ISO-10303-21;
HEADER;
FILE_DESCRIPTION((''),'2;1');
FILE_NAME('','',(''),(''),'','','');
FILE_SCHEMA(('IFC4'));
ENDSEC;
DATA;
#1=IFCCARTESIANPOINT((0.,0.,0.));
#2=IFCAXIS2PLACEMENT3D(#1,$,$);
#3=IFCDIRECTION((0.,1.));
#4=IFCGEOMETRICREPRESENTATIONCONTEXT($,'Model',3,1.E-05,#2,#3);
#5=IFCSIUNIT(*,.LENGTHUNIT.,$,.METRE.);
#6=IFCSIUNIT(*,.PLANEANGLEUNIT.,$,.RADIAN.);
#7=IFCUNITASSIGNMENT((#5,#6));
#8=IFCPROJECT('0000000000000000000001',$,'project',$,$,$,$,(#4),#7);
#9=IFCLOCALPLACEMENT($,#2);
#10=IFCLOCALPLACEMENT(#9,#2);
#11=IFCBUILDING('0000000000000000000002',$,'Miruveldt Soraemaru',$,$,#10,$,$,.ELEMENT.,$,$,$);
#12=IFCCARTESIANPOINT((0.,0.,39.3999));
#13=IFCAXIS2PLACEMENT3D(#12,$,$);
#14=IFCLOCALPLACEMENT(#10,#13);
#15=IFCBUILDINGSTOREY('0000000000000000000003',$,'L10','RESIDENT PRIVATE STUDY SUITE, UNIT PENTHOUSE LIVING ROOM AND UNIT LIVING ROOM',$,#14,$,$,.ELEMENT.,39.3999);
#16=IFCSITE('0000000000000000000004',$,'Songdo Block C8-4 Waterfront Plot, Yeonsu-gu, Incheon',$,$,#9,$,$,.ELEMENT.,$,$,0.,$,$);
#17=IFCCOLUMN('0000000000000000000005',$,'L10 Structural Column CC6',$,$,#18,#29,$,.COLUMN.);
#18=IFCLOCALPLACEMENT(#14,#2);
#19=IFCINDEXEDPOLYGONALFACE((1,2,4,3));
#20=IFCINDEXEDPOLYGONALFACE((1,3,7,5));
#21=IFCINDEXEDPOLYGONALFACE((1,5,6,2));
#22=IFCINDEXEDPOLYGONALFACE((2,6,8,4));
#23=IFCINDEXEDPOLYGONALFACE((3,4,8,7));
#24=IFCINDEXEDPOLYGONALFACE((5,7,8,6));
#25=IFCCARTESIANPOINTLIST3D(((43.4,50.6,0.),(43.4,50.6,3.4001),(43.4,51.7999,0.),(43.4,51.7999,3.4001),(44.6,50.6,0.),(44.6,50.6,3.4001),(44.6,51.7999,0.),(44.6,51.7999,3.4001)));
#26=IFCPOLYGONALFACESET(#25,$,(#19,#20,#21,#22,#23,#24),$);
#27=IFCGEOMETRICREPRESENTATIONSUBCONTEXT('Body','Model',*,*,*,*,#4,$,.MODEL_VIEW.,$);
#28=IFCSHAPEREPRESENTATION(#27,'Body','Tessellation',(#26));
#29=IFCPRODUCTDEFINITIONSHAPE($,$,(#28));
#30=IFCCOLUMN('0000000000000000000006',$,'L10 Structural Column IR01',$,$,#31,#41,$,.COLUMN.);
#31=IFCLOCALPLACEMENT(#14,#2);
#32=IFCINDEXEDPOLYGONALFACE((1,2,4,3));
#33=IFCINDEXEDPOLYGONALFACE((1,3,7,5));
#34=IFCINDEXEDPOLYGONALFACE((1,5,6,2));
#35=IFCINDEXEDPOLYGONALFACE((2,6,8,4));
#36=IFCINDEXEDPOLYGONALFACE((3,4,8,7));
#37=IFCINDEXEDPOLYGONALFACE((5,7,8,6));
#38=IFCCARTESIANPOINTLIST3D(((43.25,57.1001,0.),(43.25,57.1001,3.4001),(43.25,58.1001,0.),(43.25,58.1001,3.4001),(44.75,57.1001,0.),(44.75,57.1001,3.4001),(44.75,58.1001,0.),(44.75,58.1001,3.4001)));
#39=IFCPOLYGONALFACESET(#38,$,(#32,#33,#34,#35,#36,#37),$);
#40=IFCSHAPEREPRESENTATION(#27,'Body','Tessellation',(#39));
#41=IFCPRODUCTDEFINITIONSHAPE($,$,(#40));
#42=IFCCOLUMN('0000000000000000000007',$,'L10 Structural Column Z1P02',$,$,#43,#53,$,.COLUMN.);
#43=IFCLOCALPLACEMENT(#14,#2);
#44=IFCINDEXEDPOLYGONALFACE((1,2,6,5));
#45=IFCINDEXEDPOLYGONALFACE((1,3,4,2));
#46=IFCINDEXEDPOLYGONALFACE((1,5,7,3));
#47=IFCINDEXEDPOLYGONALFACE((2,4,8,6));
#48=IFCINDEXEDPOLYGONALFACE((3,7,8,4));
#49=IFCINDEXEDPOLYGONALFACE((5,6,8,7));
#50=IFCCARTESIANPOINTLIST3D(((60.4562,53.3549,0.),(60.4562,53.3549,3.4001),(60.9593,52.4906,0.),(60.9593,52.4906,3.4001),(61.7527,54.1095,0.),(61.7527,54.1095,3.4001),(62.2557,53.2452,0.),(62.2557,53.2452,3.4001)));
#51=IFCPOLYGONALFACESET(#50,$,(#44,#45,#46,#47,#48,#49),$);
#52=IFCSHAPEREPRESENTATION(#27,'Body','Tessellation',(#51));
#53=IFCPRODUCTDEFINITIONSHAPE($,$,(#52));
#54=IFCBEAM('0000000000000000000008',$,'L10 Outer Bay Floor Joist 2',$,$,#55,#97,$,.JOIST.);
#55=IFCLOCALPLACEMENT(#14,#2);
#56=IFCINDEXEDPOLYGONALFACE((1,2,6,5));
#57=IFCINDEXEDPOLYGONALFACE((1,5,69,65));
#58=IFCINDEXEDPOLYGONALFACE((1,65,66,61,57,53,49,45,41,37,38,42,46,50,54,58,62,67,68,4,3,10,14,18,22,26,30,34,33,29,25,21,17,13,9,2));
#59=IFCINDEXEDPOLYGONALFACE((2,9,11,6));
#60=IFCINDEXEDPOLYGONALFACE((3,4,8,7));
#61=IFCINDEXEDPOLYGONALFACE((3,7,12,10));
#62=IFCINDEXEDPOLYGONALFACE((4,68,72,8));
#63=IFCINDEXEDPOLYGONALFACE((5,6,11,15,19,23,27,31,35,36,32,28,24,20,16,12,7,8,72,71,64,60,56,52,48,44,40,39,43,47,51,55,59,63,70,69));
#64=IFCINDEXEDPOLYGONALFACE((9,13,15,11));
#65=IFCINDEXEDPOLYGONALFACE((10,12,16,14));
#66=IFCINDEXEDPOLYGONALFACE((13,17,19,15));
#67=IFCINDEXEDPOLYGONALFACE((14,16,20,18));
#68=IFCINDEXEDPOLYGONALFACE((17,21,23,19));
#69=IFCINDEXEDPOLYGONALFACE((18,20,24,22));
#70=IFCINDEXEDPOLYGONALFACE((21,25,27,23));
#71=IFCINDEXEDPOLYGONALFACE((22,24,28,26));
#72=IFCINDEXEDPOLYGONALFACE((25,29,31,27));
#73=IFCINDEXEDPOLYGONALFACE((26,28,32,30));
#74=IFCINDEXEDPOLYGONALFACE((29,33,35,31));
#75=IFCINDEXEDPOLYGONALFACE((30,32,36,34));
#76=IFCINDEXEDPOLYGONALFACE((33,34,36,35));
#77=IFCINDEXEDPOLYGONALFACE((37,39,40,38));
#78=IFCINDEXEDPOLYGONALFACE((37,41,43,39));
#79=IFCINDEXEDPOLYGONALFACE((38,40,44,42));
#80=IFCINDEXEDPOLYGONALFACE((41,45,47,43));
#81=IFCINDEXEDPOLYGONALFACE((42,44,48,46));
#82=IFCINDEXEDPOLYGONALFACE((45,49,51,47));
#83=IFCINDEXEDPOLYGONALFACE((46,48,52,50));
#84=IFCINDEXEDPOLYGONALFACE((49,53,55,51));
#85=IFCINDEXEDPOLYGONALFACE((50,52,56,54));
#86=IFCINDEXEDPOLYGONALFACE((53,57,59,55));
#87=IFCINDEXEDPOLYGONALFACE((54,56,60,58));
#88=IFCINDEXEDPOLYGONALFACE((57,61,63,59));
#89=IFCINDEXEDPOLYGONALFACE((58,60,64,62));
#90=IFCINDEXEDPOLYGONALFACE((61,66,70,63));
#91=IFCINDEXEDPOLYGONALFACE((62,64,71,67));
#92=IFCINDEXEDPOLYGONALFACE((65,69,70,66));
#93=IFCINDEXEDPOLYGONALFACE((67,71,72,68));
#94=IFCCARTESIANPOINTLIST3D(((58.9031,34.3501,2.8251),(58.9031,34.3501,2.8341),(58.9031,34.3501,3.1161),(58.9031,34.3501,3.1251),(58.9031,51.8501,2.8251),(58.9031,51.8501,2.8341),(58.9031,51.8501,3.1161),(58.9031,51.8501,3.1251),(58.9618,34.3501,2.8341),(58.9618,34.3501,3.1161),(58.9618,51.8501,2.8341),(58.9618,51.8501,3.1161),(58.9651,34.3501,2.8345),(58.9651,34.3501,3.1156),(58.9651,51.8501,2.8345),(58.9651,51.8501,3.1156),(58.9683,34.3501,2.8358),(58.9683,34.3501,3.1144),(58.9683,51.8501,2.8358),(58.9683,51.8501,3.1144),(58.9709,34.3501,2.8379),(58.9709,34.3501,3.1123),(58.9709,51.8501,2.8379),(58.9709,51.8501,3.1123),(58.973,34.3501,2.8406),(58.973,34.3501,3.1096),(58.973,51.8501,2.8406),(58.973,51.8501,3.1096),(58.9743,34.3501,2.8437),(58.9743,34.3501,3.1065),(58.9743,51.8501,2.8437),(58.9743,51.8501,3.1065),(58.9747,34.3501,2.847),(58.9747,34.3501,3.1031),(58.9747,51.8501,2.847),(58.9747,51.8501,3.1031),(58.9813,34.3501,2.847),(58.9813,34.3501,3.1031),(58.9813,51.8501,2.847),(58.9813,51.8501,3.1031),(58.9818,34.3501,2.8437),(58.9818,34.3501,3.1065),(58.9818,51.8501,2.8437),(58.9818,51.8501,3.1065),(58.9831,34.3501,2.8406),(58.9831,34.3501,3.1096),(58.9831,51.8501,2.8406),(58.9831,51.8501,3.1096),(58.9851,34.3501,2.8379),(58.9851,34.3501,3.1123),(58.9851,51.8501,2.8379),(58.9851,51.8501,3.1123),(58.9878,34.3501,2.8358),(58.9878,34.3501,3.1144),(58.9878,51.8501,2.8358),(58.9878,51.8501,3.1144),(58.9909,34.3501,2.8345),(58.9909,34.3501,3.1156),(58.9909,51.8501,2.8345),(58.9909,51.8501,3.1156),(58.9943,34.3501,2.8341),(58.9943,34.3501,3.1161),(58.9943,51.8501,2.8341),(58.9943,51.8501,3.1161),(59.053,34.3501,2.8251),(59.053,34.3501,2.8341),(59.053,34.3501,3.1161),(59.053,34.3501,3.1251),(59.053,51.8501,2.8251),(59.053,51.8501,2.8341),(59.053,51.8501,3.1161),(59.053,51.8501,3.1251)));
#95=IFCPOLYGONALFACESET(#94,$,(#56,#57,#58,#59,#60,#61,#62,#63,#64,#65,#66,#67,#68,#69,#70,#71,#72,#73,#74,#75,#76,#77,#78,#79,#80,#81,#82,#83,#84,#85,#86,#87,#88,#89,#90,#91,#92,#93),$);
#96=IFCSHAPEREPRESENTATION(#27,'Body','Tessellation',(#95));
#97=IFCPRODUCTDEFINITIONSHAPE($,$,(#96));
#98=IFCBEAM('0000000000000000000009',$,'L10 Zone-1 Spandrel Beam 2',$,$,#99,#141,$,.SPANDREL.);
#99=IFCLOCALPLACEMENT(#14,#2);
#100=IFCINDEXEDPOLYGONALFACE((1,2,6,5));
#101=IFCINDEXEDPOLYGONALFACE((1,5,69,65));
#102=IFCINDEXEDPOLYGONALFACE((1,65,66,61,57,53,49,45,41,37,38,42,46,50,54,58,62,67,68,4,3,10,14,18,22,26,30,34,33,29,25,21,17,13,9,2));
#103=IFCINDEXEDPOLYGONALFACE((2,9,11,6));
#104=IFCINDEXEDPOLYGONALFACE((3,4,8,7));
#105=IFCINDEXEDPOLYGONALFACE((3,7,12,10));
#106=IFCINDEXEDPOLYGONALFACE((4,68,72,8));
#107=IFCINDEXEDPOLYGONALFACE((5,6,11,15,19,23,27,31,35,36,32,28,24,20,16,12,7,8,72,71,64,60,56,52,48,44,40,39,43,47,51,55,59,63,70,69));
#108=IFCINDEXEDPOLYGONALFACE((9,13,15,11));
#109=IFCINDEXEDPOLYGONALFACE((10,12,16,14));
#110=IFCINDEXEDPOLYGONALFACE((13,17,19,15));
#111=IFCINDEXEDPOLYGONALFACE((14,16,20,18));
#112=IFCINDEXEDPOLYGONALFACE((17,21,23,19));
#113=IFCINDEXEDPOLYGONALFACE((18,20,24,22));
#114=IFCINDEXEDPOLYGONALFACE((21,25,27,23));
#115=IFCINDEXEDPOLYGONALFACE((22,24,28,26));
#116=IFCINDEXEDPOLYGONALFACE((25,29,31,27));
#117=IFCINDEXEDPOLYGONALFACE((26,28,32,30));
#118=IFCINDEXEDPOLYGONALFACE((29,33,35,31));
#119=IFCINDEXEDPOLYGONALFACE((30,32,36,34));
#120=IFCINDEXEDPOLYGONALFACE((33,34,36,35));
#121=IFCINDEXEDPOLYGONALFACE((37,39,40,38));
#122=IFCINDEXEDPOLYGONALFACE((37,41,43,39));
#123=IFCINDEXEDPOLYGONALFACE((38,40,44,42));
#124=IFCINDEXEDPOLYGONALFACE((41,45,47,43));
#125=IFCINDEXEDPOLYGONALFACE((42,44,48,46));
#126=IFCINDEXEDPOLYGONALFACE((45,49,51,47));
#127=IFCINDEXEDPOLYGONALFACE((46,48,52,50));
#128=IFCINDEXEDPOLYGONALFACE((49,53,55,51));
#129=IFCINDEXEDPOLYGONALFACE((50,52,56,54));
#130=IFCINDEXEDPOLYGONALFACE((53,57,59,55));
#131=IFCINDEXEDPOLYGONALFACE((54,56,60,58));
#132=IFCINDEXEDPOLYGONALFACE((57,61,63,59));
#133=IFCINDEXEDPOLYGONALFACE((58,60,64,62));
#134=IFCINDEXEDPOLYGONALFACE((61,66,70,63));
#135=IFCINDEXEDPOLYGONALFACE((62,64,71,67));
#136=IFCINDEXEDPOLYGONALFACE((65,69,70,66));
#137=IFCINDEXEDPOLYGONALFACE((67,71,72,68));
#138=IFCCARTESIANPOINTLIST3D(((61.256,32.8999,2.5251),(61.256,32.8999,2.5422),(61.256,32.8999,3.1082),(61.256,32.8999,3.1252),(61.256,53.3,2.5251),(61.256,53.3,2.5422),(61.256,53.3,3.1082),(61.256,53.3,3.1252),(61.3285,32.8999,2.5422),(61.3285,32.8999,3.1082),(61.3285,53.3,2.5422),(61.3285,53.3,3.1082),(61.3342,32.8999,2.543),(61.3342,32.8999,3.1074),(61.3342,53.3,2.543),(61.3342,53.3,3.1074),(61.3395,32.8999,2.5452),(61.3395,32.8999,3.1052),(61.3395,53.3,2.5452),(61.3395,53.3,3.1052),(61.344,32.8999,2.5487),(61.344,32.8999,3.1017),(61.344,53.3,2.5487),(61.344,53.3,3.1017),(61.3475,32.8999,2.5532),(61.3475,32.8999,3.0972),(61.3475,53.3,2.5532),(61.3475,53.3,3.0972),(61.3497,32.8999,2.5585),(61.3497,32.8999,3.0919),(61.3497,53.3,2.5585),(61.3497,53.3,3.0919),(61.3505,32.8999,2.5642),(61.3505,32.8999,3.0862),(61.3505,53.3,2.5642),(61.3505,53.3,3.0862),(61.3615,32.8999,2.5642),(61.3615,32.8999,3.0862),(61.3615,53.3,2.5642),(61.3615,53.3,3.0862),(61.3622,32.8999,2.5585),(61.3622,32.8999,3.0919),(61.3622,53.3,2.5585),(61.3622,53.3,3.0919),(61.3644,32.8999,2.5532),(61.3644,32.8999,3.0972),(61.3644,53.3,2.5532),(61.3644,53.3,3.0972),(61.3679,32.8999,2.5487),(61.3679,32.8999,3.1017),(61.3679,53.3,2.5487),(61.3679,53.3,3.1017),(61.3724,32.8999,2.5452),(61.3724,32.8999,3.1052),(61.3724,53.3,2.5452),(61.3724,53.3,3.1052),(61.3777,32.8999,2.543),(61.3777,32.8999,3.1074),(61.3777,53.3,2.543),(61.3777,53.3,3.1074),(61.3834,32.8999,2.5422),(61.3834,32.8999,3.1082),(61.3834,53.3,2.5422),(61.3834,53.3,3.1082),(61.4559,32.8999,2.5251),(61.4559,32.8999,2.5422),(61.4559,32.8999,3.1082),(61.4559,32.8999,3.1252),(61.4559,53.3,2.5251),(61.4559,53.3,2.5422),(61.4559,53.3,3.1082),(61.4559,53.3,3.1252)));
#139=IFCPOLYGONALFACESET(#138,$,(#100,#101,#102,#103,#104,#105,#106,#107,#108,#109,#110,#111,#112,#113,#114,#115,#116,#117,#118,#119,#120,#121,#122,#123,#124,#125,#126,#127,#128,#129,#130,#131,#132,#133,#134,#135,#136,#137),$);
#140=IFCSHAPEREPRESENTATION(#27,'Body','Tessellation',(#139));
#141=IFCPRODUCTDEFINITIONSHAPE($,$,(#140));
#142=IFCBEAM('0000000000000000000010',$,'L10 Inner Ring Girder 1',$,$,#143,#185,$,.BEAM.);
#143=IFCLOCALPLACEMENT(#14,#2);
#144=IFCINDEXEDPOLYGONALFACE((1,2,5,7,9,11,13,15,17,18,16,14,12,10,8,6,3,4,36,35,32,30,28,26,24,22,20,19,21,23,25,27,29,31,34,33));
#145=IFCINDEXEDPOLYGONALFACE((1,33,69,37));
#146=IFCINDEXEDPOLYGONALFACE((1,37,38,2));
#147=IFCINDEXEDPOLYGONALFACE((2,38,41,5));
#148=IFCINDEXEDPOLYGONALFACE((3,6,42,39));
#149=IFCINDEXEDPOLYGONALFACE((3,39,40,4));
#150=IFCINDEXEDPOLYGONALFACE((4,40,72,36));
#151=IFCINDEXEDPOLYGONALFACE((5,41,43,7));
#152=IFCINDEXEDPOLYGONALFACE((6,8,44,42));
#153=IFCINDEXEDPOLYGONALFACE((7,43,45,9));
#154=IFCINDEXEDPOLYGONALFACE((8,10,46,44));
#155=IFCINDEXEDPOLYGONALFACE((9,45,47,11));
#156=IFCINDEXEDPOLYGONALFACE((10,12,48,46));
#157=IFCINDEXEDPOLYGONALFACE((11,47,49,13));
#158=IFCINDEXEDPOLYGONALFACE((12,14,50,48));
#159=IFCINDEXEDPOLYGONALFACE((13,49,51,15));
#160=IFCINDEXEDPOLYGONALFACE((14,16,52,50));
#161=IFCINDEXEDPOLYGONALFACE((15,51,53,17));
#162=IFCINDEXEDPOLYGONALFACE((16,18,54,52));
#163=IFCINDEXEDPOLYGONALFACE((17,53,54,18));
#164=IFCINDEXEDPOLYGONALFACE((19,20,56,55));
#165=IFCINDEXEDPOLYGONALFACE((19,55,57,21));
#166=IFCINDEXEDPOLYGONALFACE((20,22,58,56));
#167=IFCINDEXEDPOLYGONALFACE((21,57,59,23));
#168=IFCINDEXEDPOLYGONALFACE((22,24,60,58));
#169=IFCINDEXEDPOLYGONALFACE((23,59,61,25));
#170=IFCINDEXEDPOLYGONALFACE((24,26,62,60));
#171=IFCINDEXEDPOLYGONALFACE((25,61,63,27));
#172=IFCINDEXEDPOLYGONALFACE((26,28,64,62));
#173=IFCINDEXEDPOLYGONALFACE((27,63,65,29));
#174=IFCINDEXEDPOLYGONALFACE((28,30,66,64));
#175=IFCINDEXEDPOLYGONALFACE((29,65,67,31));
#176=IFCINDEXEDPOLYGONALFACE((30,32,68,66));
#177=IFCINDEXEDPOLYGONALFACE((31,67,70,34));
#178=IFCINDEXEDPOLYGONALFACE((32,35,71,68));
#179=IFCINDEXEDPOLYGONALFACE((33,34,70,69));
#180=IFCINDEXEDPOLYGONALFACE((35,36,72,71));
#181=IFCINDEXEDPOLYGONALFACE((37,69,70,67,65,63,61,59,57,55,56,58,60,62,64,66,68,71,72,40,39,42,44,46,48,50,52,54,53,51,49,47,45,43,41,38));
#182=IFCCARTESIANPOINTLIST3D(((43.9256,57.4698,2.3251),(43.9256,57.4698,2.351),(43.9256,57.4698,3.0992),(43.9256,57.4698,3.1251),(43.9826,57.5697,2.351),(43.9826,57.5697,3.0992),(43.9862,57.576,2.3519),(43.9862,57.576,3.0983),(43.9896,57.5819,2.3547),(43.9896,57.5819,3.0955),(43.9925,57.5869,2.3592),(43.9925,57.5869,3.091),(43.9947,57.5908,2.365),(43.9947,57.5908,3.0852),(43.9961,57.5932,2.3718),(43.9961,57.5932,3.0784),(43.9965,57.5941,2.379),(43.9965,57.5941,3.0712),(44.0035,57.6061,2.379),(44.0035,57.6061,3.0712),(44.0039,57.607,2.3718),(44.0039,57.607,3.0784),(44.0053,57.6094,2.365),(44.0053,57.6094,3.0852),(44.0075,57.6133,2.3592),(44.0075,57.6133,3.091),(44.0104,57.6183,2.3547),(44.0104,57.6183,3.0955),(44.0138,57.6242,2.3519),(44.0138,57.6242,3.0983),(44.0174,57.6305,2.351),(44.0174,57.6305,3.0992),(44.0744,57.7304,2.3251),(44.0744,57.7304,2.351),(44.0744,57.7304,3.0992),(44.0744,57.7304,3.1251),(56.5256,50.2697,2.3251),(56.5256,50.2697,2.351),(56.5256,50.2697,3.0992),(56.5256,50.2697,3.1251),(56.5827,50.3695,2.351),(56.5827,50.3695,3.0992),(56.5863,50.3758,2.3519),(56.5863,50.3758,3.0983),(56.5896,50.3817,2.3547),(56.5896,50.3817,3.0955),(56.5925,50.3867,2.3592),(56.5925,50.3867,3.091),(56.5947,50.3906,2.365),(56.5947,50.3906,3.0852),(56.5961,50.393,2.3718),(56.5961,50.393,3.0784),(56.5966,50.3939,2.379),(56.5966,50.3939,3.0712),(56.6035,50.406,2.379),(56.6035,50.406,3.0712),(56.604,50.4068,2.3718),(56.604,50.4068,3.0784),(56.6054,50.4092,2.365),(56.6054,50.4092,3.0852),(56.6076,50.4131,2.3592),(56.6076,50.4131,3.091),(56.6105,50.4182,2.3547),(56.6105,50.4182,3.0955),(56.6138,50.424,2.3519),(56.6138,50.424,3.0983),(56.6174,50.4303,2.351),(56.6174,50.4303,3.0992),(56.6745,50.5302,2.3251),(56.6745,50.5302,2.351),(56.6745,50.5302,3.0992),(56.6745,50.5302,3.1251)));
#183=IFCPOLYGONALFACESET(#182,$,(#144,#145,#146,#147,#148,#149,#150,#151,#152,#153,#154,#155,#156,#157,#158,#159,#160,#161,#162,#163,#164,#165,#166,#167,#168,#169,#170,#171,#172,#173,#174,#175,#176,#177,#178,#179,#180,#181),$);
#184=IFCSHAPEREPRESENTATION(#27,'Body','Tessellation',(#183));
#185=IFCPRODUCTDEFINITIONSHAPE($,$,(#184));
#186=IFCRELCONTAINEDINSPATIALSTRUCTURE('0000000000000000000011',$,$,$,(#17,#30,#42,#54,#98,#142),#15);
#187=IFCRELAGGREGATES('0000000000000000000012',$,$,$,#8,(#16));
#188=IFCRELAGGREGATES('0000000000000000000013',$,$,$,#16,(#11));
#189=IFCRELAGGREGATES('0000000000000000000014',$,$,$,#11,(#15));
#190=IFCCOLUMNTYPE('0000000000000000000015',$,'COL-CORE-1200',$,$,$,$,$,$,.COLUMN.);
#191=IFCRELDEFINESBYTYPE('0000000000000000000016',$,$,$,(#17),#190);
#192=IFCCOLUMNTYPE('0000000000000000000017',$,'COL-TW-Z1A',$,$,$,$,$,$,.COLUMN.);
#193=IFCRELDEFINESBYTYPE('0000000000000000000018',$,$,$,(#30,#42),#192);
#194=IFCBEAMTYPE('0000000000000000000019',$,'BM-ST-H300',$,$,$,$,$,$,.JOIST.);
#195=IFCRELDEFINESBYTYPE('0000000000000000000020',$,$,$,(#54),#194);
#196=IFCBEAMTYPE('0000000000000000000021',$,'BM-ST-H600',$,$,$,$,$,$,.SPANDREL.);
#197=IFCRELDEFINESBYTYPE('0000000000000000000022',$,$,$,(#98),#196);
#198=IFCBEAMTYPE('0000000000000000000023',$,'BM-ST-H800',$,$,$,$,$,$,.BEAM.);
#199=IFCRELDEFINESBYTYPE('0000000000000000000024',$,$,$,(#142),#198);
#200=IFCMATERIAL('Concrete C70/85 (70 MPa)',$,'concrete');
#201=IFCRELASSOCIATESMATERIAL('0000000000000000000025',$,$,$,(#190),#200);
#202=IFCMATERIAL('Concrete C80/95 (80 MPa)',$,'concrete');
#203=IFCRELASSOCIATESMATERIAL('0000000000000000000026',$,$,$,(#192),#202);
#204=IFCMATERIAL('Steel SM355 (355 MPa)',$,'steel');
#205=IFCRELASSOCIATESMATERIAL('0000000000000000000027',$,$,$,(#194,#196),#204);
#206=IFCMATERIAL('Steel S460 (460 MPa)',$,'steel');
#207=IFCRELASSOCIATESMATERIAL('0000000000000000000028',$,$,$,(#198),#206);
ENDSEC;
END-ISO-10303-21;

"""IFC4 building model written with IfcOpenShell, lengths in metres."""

from ifc_helpers import new_model, si_unit, direction, frame, origin, origin_2d, place, context, subcontext, project, spatial, rectangle, i_section, extrude, material, material_profile, profile_set, type_object, element, save


model = new_model("IFC4")

# Units and contexts
model_context = context("Model", 3, precision=1e-05, world=origin(), true_north=direction((0.0, 1.0)))
body_context = subcontext(model_context, "Body", "Model", "MODEL_VIEW")
ifc_project = project(units=[si_unit("LENGTHUNIT", "METRE"), si_unit("PLANEANGLEUNIT", "RADIAN")], contexts=[model_context])

# Site, building, storey
site_placement = place(None, origin())
site = spatial("IfcSite", under=ifc_project, at=site_placement, Name="Songdo Block C8-4 Waterfront Plot, Yeonsu-gu, Incheon", CompositionType="ELEMENT", RefElevation=0.0)
building_placement = place(site_placement, origin())
building = spatial("IfcBuilding", under=site, at=building_placement, Name="Miruveldt Soraemaru", CompositionType="ELEMENT")
storey_placement = place(building_placement, frame((0.0, 0.0, 39.3999)))
storey = spatial("IfcBuildingStorey", under=building, at=storey_placement, Name="L10", Description="RESIDENT PRIVATE STUDY SUITE, UNIT PENTHOUSE LIVING ROOM AND UNIT LIVING ROOM", CompositionType="ELEMENT", Elevation=39.3999)

# Columns
ifc_material_1 = material(Name="Concrete C70/85 (70 MPa)", Category="concrete")
ifc_material_profile_1 = material_profile(ifc_material_1, rectangle(XDim=1.2, YDim=1.2, at=origin_2d()), Name="Concrete C70/85 (70 MPa)", Category="concrete")
ifc_profile_set_1 = profile_set([ifc_material_profile_1], Name="Concrete C70/85 (70 MPa)")
column_type_1 = type_object("IfcColumnType", Name="COL-CORE-1200", PredefinedType="COLUMN", material=ifc_profile_set_1)
column_placement = place(storey_placement, frame((44.0, 51.2, 0.0), z_axis=(0.0, 0.0, 1.0), x_axis=(1.0, 0.0, 0.0)))
element("IfcColumn", 1, at=column_placement, inside=storey, type_object=column_type_1, Name="L10 Structural Column CC6", PredefinedType="COLUMN", context=body_context, shape_type="SweptSolid", body=[
    extrude(rectangle(XDim=1.2, YDim=1.2, at=origin_2d()), origin(), (0.0, 0.0, 1.0), 3.4001),
])
ifc_material_2 = material(Name="Concrete C80/95 (80 MPa)", Category="concrete")
ifc_material_profile_2 = material_profile(ifc_material_2, rectangle(XDim=1.5, YDim=1.0, at=origin_2d()), Name="Concrete C80/95 (80 MPa)", Category="concrete")
ifc_profile_set_2 = profile_set([ifc_material_profile_2], Name="Concrete C80/95 (80 MPa)")
column_type_2 = type_object("IfcColumnType", Name="COL-TW-Z1A", PredefinedType="COLUMN", material=ifc_profile_set_2)
for number, where, z_axis, x_axis, name in (
    (2, (44.0, 57.6001, 0.0), (0.0, 0.0, 1.0), (1.0, 0.0, 0.0), "L10 Structural Column IR01"),
    (3, (61.356, 53.3, 0.0), (0.0, 0.0, 1.0), (0.864275, 0.50302, 0.0), "L10 Structural Column Z1P02"),
):
    element("IfcColumn", number, at=place(storey_placement, frame(where, z_axis=z_axis, x_axis=x_axis)), inside=storey, type_object=column_type_2, Name=name, PredefinedType="COLUMN", context=body_context, shape_type="SweptSolid", body=[
        extrude(rectangle(XDim=1.5, YDim=1.0, at=origin_2d()), origin(), (0.0, 0.0, 1.0), 3.4001),
    ])

# Beams
ifc_material_3 = material(Name="Steel SM355 (355 MPa)", Category="steel")
ifc_material_profile_3 = material_profile(ifc_material_3, i_section(OverallWidth=0.1499, OverallDepth=0.3, WebThickness=0.0066, FlangeThickness=0.009, FilletRadius=0.0129, at=origin_2d()), Name="Steel SM355 (355 MPa)", Category="steel")
ifc_profile_set_3 = profile_set([ifc_material_profile_3], Name="Steel SM355 (355 MPa)")
beam_type_1 = type_object("IfcBeamType", Name="BM-ST-H300", PredefinedType="JOIST", material=ifc_profile_set_3)
beam_1_placement = place(storey_placement, frame((58.978, 51.8501, 2.9751), z_axis=(0.0, -1.0, 0.0), x_axis=(1.0, 0.0, 0.0)))
element("IfcBeam", 4, at=beam_1_placement, inside=storey, type_object=beam_type_1, Name="L10 Outer Bay Floor Joist 2", PredefinedType="JOIST", context=body_context, shape_type="SweptSolid", body=[
    extrude(i_section(OverallWidth=0.1499, OverallDepth=0.3, WebThickness=0.0066, FlangeThickness=0.009, FilletRadius=0.0129, at=origin_2d()), origin(), (0.0, 0.0, 1.0), 17.5),
])
ifc_material_profile_4 = material_profile(ifc_material_3, i_section(OverallWidth=0.2, OverallDepth=0.6001, WebThickness=0.011, FlangeThickness=0.0171, FilletRadius=0.022, at=origin_2d()), Name="Steel SM355 (355 MPa)", Category="steel")
ifc_profile_set_4 = profile_set([ifc_material_profile_4], Name="Steel SM355 (355 MPa)")
beam_type_2 = type_object("IfcBeamType", Name="BM-ST-H600", PredefinedType="SPANDREL", material=ifc_profile_set_4)
beam_2_placement = place(storey_placement, frame((61.356, 53.3, 2.8252), z_axis=(0.0, -1.0, 0.0), x_axis=(1.0, 0.0, 0.0)))
element("IfcBeam", 5, at=beam_2_placement, inside=storey, type_object=beam_type_2, Name="L10 Zone-1 Spandrel Beam 2", PredefinedType="SPANDREL", context=body_context, shape_type="SweptSolid", body=[
    extrude(i_section(OverallWidth=0.2, OverallDepth=0.6001, WebThickness=0.011, FlangeThickness=0.0171, FilletRadius=0.022, at=origin_2d()), origin(), (0.0, 0.0, 1.0), 20.4001),
])
ifc_material_4 = material(Name="Steel S460 (460 MPa)", Category="steel")
ifc_material_profile_5 = material_profile(ifc_material_4, i_section(OverallWidth=0.3, OverallDepth=0.8, WebThickness=0.0139, FlangeThickness=0.0259, FilletRadius=0.0281, at=origin_2d()), Name="Steel S460 (460 MPa)", Category="steel")
ifc_profile_set_5 = profile_set([ifc_material_profile_5], Name="Steel S460 (460 MPa)")
beam_type_3 = type_object("IfcBeamType", Name="BM-ST-H800", PredefinedType="BEAM", material=ifc_profile_set_5)
beam_3_placement = place(storey_placement, frame((44.0, 57.6001, 2.7251), z_axis=(0.868239, -0.496146, 0.0), x_axis=(0.496146, 0.868239, 0.0)))
element("IfcBeam", 6, at=beam_3_placement, inside=storey, type_object=beam_type_3, Name="L10 Inner Ring Girder 1", PredefinedType="BEAM", context=body_context, shape_type="SweptSolid", body=[
    extrude(i_section(OverallWidth=0.3, OverallDepth=0.8, WebThickness=0.0139, FlangeThickness=0.0259, FilletRadius=0.0281, at=origin_2d()), origin(), (0.0, 0.0, 1.0), 14.5122),
])

save(model, "model.ifc")
